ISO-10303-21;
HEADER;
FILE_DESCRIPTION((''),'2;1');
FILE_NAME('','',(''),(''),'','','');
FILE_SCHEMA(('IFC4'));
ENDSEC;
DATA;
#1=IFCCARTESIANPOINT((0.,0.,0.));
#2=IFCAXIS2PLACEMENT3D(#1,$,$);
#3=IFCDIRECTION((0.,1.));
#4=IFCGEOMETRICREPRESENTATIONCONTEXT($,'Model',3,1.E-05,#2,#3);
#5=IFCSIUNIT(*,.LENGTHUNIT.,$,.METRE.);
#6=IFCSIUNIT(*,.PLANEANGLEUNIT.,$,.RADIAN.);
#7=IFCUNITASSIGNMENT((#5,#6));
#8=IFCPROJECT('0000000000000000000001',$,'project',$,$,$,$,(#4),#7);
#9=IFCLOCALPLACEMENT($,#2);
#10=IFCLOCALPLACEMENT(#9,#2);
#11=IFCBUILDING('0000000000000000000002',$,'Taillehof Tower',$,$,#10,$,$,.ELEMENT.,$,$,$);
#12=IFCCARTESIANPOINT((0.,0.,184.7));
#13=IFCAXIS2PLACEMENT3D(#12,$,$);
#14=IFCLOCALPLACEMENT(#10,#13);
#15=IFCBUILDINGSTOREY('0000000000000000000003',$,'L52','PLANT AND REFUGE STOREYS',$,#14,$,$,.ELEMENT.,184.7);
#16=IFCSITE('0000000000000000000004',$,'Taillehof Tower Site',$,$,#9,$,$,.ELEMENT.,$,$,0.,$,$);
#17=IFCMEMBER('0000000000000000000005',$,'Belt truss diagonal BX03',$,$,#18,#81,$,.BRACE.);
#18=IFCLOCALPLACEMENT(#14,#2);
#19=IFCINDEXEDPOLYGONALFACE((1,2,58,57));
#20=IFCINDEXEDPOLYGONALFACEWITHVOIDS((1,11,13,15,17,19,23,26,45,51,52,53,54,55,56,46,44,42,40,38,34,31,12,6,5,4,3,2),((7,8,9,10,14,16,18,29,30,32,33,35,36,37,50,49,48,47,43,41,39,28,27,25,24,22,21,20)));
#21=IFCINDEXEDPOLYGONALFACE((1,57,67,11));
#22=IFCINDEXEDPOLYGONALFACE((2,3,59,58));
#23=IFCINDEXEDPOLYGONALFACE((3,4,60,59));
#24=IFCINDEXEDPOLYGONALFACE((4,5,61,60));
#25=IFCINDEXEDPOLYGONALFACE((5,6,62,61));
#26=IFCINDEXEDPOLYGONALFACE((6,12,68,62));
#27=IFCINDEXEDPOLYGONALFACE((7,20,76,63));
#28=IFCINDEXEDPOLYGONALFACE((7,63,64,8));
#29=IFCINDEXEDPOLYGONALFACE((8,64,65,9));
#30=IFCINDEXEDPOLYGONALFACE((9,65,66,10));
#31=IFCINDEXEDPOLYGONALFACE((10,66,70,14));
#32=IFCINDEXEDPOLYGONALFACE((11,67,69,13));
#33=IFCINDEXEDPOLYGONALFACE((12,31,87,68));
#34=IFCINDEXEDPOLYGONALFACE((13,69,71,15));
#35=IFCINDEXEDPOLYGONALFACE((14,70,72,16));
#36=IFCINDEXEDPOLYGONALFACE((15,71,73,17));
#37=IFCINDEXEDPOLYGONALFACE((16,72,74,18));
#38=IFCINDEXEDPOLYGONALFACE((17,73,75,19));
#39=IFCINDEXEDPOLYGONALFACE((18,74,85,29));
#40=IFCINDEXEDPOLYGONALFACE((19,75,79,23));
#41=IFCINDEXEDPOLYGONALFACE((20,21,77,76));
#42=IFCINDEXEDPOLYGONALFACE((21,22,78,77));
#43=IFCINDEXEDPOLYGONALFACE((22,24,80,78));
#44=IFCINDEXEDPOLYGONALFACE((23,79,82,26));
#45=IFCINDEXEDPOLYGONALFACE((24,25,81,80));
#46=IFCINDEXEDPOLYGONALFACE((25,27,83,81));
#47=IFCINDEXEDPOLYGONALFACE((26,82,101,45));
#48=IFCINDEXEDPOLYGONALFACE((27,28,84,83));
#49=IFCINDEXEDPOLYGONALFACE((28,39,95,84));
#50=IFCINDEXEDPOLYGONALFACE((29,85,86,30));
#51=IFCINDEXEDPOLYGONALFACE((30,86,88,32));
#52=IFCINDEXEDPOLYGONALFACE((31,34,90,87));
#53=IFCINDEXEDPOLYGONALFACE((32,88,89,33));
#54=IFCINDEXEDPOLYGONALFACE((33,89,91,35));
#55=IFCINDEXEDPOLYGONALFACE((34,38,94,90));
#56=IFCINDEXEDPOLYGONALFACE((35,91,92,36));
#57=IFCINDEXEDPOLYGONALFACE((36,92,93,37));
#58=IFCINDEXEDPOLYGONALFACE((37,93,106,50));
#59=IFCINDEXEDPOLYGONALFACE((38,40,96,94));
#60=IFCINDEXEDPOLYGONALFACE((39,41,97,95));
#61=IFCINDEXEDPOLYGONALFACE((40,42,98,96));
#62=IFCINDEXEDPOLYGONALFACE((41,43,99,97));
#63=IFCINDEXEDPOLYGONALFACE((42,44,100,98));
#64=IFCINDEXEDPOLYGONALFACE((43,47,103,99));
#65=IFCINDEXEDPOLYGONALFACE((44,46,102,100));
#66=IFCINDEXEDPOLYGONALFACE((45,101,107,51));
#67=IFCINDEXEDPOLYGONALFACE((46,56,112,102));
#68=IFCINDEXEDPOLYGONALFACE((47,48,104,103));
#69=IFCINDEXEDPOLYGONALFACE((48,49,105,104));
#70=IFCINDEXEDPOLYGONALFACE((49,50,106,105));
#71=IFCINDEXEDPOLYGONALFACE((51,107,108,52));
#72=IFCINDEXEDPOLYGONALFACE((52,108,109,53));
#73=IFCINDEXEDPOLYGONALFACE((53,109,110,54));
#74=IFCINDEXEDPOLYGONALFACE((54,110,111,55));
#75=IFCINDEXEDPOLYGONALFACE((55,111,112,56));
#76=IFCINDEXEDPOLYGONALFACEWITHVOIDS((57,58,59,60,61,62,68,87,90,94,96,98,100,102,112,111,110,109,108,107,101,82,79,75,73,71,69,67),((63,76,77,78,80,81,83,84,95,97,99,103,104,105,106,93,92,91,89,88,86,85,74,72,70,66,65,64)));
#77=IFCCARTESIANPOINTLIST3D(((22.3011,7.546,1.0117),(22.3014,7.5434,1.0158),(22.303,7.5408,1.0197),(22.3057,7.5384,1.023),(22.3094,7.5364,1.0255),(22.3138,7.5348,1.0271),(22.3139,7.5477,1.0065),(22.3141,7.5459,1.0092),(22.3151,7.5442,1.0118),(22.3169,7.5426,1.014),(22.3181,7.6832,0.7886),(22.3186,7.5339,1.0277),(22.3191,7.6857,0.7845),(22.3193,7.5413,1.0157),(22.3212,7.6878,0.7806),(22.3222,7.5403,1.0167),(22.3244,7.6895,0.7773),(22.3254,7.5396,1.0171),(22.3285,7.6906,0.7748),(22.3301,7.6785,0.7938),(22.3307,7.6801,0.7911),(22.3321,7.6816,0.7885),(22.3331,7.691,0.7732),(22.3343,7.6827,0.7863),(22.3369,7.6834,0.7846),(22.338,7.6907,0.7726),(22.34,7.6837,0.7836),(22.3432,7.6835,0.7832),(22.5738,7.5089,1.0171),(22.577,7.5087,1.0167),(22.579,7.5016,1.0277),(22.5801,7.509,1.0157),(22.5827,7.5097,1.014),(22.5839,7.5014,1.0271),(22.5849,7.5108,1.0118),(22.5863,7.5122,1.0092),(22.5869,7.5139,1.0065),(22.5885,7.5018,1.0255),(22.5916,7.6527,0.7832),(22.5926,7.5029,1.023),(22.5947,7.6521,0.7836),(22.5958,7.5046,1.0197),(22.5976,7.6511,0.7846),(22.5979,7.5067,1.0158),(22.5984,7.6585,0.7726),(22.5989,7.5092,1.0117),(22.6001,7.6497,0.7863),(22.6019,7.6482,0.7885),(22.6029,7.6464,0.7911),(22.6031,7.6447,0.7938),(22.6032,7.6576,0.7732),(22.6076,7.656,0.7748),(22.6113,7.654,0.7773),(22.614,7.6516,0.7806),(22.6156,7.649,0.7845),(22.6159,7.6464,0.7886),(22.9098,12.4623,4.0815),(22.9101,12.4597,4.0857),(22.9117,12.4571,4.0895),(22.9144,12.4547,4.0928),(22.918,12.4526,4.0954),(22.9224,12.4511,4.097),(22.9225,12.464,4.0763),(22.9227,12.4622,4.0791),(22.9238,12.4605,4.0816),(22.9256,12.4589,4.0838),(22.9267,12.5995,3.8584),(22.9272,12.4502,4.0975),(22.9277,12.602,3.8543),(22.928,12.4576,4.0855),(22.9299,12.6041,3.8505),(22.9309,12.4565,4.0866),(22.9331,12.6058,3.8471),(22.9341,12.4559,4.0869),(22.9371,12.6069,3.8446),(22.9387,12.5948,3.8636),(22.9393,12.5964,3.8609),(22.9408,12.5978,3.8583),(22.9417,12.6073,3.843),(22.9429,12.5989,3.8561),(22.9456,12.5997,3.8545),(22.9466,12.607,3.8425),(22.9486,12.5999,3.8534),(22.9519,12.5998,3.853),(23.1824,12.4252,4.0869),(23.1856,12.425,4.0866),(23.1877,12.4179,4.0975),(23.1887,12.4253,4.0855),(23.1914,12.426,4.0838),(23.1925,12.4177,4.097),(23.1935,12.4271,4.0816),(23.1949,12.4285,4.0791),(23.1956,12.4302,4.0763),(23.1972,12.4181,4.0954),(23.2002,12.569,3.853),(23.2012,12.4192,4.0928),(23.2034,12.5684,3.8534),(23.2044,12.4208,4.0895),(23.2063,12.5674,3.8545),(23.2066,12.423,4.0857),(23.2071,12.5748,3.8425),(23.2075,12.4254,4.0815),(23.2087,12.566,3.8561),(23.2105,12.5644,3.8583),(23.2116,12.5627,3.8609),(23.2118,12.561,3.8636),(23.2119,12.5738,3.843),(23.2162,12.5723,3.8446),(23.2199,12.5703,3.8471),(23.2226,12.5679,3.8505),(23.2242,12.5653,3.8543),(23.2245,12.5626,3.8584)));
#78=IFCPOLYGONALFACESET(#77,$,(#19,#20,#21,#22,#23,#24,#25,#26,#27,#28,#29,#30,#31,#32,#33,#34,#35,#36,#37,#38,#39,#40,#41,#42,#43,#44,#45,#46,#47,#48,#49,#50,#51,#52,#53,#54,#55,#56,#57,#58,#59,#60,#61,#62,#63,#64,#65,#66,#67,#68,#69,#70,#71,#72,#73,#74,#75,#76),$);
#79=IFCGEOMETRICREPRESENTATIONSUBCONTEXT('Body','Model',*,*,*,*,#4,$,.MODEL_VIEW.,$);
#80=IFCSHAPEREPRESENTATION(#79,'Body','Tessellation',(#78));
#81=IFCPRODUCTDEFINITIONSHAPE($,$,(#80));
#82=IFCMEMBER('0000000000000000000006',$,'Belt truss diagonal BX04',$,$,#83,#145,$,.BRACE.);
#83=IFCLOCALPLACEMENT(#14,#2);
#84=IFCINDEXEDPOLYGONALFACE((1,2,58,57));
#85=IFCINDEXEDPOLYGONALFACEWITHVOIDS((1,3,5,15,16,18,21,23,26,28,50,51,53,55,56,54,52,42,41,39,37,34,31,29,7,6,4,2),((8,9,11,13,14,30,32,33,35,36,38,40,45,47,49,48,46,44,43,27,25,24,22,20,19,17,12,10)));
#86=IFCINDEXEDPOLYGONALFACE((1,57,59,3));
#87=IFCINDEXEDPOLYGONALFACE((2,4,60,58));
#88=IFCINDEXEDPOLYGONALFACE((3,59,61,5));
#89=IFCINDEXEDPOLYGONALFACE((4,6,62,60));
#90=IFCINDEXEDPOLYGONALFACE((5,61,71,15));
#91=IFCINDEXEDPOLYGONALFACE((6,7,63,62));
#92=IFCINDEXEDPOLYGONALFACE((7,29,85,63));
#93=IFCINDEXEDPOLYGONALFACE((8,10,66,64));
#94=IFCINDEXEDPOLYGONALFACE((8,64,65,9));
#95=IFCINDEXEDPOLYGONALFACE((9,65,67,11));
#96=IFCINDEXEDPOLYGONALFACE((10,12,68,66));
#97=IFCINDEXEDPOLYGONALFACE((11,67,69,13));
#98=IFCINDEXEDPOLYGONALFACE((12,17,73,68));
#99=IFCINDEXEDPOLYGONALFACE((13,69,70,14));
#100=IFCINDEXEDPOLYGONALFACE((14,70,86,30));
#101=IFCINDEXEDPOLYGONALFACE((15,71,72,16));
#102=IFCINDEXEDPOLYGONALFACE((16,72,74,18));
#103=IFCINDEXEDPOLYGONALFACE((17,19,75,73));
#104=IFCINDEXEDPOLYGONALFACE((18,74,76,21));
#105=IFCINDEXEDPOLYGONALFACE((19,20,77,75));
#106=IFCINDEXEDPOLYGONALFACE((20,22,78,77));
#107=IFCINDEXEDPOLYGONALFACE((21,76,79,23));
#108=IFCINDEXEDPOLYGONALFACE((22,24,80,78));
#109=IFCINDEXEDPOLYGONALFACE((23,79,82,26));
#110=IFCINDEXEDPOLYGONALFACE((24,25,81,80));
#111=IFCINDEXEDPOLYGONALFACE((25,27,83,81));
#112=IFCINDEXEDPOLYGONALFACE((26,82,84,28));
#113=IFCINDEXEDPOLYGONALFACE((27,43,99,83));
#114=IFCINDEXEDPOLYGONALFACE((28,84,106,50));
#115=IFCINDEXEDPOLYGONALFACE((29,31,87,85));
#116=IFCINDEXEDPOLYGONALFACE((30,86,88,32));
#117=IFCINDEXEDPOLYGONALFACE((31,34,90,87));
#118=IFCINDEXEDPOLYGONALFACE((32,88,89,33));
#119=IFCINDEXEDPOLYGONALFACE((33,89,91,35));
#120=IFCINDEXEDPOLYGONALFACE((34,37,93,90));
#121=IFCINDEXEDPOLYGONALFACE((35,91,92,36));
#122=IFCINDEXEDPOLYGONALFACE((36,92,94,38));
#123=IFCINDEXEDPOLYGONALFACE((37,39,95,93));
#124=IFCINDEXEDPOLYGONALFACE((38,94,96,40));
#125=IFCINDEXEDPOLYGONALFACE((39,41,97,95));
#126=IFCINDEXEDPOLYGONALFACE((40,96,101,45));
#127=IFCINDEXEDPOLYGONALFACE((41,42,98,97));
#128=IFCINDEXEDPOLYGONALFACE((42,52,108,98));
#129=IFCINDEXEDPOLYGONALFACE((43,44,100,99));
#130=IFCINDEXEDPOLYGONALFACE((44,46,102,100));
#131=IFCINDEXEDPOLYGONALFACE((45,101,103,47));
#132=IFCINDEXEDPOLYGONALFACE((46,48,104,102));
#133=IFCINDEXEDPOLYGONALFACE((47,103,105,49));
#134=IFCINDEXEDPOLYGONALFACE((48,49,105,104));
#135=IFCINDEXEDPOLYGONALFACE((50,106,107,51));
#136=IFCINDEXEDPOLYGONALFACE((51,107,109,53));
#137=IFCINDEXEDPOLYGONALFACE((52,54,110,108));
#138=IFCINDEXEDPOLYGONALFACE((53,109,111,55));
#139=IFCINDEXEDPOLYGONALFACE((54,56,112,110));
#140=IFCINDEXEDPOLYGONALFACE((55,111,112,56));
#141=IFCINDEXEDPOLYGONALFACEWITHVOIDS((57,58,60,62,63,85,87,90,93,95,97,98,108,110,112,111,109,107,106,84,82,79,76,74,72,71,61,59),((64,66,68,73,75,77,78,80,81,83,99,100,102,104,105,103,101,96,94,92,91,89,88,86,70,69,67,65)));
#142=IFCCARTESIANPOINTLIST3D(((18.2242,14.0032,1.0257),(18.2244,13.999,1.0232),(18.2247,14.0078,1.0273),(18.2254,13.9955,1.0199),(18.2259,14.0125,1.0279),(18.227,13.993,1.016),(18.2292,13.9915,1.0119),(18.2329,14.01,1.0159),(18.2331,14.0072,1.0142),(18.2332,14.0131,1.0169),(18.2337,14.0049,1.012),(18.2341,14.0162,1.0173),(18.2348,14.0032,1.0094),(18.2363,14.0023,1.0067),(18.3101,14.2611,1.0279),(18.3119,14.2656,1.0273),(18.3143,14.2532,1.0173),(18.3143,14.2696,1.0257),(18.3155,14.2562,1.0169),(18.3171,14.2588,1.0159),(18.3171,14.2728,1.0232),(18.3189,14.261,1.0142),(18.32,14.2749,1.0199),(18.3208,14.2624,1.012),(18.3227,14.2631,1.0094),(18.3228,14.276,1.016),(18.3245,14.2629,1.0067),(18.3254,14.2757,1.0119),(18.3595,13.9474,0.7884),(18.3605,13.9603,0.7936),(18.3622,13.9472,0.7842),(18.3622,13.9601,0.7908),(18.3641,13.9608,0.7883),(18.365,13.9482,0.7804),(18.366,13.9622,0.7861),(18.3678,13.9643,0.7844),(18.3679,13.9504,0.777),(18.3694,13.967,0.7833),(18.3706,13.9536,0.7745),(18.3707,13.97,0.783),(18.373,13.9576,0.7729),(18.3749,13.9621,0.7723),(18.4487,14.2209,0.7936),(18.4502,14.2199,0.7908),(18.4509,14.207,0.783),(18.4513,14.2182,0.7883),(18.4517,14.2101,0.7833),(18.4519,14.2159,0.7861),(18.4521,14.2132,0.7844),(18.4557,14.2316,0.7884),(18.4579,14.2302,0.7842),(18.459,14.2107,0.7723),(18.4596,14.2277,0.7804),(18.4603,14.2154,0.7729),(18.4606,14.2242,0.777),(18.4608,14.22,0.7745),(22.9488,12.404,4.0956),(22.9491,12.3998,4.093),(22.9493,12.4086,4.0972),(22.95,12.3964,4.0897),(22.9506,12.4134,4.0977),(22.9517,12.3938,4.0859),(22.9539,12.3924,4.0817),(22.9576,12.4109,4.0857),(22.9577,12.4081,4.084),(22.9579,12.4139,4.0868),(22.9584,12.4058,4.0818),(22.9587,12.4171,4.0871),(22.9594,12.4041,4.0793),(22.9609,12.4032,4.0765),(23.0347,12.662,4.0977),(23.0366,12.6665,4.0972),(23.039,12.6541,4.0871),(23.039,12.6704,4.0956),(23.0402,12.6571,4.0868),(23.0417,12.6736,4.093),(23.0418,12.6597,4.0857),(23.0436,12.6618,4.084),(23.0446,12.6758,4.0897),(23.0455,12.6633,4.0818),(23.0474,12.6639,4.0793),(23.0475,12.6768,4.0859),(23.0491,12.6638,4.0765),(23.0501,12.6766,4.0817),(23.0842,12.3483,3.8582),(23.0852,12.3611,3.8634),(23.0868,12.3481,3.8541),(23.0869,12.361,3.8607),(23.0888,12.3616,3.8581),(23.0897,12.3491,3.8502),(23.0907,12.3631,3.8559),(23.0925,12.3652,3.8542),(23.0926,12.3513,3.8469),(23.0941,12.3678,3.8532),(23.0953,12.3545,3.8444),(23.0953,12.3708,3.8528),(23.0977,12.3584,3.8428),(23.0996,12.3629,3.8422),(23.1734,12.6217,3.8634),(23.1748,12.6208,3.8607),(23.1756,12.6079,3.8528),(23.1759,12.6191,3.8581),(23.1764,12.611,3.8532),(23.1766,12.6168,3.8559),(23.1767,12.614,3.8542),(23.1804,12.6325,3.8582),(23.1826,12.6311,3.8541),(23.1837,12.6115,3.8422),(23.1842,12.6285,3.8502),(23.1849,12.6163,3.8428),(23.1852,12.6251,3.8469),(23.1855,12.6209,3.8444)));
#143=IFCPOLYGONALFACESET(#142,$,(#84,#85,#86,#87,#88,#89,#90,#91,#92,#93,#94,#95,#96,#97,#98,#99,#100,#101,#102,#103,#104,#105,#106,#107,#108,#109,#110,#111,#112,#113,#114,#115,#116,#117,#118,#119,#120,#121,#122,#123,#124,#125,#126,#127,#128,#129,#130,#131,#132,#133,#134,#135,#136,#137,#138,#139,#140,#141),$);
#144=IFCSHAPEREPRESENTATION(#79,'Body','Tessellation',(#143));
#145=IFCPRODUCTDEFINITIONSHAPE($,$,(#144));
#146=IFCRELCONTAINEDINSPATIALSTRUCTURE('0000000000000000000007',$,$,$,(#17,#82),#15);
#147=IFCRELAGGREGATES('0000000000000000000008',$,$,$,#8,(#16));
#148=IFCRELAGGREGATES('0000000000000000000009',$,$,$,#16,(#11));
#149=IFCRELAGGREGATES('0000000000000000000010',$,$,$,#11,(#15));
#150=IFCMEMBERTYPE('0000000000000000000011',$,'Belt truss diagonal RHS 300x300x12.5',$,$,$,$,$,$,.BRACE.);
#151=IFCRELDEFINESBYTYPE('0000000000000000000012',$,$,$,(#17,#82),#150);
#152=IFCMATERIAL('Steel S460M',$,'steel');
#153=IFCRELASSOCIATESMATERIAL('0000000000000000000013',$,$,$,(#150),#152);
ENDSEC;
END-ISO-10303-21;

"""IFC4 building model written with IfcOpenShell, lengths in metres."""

from ifc_helpers import new_model, si_unit, direction, frame, origin, origin_2d, place, context, subcontext, project, spatial, hollow_rectangle, extrude, material, material_profile, profile_set, type_object, element, save


model = new_model("IFC4")

# Units and contexts
model_context = context("Model", 3, precision=1e-05, world=origin(), true_north=direction((0.0, 1.0)))
body_context = subcontext(model_context, "Body", "Model", "MODEL_VIEW")
ifc_project = project(units=[si_unit("LENGTHUNIT", "METRE"), si_unit("PLANEANGLEUNIT", "RADIAN")], contexts=[model_context])

# Site, building, storey
site_placement = place(None, origin())
site = spatial("IfcSite", under=ifc_project, at=site_placement, Name="Taillehof Tower Site", CompositionType="ELEMENT", RefElevation=0.0)
building_placement = place(site_placement, origin())
building = spatial("IfcBuilding", under=site, at=building_placement, Name="Taillehof Tower", CompositionType="ELEMENT")
storey_placement = place(building_placement, frame((0.0, 0.0, 184.7)))
storey = spatial("IfcBuildingStorey", under=building, at=storey_placement, Name="L52", Description="PLANT AND REFUGE STOREYS", CompositionType="ELEMENT", Elevation=184.7)

# Members
ifc_material_1 = material(Name="Steel S460M", Category="steel")
ifc_material_profile_1 = material_profile(ifc_material_1, hollow_rectangle(XDim=0.3, YDim=0.3, WallThickness=0.0125, InnerFilletRadius=0.0125, OuterFilletRadius=0.0188, at=origin_2d()), Name="RHS 300x300x12.5")
ifc_profile_set_1 = profile_set([ifc_material_profile_1], Name="Steel S460M")
member_type_1 = type_object("IfcMemberType", Name="Belt truss diagonal RHS 300x300x12.5", PredefinedType="BRACE", material=ifc_profile_set_1)
member_1_placement = place(storey_placement, frame((22.4585, 7.5962, 0.9001), z_axis=(0.104437, 0.84358, 0.52675), x_axis=(-0.992424, 0.122864, 0.0)))
element("IfcMember", 1, at=member_1_placement, inside=storey, type_object=member_type_1, Name="Belt truss diagonal BX03", PredefinedType="BRACE", context=body_context, shape_type="SweptSolid", body=[
    extrude(hollow_rectangle(XDim=0.3, YDim=0.3, WallThickness=0.0125, InnerFilletRadius=0.0125, OuterFilletRadius=0.0188, at=origin_2d()), origin(), (0.0, 0.0, 1.0), 5.8279),
])
member_2_placement = place(storey_placement, frame((23.0671, 12.5125, 3.97), z_axis=(-0.806678, 0.273033, -0.524141), x_axis=(-0.3206, -0.947215, 0.0)))
element("IfcMember", 2, at=member_2_placement, inside=storey, type_object=member_type_1, Name="Belt truss diagonal BX04", PredefinedType="BRACE", context=body_context, shape_type="SweptSolid", body=[
    extrude(hollow_rectangle(XDim=0.3, YDim=0.3, WallThickness=0.0125, InnerFilletRadius=0.0125, OuterFilletRadius=0.0188, at=origin_2d()), origin(), (0.0, 0.0, 1.0), 5.8569),
])

save(model, "model.ifc")
